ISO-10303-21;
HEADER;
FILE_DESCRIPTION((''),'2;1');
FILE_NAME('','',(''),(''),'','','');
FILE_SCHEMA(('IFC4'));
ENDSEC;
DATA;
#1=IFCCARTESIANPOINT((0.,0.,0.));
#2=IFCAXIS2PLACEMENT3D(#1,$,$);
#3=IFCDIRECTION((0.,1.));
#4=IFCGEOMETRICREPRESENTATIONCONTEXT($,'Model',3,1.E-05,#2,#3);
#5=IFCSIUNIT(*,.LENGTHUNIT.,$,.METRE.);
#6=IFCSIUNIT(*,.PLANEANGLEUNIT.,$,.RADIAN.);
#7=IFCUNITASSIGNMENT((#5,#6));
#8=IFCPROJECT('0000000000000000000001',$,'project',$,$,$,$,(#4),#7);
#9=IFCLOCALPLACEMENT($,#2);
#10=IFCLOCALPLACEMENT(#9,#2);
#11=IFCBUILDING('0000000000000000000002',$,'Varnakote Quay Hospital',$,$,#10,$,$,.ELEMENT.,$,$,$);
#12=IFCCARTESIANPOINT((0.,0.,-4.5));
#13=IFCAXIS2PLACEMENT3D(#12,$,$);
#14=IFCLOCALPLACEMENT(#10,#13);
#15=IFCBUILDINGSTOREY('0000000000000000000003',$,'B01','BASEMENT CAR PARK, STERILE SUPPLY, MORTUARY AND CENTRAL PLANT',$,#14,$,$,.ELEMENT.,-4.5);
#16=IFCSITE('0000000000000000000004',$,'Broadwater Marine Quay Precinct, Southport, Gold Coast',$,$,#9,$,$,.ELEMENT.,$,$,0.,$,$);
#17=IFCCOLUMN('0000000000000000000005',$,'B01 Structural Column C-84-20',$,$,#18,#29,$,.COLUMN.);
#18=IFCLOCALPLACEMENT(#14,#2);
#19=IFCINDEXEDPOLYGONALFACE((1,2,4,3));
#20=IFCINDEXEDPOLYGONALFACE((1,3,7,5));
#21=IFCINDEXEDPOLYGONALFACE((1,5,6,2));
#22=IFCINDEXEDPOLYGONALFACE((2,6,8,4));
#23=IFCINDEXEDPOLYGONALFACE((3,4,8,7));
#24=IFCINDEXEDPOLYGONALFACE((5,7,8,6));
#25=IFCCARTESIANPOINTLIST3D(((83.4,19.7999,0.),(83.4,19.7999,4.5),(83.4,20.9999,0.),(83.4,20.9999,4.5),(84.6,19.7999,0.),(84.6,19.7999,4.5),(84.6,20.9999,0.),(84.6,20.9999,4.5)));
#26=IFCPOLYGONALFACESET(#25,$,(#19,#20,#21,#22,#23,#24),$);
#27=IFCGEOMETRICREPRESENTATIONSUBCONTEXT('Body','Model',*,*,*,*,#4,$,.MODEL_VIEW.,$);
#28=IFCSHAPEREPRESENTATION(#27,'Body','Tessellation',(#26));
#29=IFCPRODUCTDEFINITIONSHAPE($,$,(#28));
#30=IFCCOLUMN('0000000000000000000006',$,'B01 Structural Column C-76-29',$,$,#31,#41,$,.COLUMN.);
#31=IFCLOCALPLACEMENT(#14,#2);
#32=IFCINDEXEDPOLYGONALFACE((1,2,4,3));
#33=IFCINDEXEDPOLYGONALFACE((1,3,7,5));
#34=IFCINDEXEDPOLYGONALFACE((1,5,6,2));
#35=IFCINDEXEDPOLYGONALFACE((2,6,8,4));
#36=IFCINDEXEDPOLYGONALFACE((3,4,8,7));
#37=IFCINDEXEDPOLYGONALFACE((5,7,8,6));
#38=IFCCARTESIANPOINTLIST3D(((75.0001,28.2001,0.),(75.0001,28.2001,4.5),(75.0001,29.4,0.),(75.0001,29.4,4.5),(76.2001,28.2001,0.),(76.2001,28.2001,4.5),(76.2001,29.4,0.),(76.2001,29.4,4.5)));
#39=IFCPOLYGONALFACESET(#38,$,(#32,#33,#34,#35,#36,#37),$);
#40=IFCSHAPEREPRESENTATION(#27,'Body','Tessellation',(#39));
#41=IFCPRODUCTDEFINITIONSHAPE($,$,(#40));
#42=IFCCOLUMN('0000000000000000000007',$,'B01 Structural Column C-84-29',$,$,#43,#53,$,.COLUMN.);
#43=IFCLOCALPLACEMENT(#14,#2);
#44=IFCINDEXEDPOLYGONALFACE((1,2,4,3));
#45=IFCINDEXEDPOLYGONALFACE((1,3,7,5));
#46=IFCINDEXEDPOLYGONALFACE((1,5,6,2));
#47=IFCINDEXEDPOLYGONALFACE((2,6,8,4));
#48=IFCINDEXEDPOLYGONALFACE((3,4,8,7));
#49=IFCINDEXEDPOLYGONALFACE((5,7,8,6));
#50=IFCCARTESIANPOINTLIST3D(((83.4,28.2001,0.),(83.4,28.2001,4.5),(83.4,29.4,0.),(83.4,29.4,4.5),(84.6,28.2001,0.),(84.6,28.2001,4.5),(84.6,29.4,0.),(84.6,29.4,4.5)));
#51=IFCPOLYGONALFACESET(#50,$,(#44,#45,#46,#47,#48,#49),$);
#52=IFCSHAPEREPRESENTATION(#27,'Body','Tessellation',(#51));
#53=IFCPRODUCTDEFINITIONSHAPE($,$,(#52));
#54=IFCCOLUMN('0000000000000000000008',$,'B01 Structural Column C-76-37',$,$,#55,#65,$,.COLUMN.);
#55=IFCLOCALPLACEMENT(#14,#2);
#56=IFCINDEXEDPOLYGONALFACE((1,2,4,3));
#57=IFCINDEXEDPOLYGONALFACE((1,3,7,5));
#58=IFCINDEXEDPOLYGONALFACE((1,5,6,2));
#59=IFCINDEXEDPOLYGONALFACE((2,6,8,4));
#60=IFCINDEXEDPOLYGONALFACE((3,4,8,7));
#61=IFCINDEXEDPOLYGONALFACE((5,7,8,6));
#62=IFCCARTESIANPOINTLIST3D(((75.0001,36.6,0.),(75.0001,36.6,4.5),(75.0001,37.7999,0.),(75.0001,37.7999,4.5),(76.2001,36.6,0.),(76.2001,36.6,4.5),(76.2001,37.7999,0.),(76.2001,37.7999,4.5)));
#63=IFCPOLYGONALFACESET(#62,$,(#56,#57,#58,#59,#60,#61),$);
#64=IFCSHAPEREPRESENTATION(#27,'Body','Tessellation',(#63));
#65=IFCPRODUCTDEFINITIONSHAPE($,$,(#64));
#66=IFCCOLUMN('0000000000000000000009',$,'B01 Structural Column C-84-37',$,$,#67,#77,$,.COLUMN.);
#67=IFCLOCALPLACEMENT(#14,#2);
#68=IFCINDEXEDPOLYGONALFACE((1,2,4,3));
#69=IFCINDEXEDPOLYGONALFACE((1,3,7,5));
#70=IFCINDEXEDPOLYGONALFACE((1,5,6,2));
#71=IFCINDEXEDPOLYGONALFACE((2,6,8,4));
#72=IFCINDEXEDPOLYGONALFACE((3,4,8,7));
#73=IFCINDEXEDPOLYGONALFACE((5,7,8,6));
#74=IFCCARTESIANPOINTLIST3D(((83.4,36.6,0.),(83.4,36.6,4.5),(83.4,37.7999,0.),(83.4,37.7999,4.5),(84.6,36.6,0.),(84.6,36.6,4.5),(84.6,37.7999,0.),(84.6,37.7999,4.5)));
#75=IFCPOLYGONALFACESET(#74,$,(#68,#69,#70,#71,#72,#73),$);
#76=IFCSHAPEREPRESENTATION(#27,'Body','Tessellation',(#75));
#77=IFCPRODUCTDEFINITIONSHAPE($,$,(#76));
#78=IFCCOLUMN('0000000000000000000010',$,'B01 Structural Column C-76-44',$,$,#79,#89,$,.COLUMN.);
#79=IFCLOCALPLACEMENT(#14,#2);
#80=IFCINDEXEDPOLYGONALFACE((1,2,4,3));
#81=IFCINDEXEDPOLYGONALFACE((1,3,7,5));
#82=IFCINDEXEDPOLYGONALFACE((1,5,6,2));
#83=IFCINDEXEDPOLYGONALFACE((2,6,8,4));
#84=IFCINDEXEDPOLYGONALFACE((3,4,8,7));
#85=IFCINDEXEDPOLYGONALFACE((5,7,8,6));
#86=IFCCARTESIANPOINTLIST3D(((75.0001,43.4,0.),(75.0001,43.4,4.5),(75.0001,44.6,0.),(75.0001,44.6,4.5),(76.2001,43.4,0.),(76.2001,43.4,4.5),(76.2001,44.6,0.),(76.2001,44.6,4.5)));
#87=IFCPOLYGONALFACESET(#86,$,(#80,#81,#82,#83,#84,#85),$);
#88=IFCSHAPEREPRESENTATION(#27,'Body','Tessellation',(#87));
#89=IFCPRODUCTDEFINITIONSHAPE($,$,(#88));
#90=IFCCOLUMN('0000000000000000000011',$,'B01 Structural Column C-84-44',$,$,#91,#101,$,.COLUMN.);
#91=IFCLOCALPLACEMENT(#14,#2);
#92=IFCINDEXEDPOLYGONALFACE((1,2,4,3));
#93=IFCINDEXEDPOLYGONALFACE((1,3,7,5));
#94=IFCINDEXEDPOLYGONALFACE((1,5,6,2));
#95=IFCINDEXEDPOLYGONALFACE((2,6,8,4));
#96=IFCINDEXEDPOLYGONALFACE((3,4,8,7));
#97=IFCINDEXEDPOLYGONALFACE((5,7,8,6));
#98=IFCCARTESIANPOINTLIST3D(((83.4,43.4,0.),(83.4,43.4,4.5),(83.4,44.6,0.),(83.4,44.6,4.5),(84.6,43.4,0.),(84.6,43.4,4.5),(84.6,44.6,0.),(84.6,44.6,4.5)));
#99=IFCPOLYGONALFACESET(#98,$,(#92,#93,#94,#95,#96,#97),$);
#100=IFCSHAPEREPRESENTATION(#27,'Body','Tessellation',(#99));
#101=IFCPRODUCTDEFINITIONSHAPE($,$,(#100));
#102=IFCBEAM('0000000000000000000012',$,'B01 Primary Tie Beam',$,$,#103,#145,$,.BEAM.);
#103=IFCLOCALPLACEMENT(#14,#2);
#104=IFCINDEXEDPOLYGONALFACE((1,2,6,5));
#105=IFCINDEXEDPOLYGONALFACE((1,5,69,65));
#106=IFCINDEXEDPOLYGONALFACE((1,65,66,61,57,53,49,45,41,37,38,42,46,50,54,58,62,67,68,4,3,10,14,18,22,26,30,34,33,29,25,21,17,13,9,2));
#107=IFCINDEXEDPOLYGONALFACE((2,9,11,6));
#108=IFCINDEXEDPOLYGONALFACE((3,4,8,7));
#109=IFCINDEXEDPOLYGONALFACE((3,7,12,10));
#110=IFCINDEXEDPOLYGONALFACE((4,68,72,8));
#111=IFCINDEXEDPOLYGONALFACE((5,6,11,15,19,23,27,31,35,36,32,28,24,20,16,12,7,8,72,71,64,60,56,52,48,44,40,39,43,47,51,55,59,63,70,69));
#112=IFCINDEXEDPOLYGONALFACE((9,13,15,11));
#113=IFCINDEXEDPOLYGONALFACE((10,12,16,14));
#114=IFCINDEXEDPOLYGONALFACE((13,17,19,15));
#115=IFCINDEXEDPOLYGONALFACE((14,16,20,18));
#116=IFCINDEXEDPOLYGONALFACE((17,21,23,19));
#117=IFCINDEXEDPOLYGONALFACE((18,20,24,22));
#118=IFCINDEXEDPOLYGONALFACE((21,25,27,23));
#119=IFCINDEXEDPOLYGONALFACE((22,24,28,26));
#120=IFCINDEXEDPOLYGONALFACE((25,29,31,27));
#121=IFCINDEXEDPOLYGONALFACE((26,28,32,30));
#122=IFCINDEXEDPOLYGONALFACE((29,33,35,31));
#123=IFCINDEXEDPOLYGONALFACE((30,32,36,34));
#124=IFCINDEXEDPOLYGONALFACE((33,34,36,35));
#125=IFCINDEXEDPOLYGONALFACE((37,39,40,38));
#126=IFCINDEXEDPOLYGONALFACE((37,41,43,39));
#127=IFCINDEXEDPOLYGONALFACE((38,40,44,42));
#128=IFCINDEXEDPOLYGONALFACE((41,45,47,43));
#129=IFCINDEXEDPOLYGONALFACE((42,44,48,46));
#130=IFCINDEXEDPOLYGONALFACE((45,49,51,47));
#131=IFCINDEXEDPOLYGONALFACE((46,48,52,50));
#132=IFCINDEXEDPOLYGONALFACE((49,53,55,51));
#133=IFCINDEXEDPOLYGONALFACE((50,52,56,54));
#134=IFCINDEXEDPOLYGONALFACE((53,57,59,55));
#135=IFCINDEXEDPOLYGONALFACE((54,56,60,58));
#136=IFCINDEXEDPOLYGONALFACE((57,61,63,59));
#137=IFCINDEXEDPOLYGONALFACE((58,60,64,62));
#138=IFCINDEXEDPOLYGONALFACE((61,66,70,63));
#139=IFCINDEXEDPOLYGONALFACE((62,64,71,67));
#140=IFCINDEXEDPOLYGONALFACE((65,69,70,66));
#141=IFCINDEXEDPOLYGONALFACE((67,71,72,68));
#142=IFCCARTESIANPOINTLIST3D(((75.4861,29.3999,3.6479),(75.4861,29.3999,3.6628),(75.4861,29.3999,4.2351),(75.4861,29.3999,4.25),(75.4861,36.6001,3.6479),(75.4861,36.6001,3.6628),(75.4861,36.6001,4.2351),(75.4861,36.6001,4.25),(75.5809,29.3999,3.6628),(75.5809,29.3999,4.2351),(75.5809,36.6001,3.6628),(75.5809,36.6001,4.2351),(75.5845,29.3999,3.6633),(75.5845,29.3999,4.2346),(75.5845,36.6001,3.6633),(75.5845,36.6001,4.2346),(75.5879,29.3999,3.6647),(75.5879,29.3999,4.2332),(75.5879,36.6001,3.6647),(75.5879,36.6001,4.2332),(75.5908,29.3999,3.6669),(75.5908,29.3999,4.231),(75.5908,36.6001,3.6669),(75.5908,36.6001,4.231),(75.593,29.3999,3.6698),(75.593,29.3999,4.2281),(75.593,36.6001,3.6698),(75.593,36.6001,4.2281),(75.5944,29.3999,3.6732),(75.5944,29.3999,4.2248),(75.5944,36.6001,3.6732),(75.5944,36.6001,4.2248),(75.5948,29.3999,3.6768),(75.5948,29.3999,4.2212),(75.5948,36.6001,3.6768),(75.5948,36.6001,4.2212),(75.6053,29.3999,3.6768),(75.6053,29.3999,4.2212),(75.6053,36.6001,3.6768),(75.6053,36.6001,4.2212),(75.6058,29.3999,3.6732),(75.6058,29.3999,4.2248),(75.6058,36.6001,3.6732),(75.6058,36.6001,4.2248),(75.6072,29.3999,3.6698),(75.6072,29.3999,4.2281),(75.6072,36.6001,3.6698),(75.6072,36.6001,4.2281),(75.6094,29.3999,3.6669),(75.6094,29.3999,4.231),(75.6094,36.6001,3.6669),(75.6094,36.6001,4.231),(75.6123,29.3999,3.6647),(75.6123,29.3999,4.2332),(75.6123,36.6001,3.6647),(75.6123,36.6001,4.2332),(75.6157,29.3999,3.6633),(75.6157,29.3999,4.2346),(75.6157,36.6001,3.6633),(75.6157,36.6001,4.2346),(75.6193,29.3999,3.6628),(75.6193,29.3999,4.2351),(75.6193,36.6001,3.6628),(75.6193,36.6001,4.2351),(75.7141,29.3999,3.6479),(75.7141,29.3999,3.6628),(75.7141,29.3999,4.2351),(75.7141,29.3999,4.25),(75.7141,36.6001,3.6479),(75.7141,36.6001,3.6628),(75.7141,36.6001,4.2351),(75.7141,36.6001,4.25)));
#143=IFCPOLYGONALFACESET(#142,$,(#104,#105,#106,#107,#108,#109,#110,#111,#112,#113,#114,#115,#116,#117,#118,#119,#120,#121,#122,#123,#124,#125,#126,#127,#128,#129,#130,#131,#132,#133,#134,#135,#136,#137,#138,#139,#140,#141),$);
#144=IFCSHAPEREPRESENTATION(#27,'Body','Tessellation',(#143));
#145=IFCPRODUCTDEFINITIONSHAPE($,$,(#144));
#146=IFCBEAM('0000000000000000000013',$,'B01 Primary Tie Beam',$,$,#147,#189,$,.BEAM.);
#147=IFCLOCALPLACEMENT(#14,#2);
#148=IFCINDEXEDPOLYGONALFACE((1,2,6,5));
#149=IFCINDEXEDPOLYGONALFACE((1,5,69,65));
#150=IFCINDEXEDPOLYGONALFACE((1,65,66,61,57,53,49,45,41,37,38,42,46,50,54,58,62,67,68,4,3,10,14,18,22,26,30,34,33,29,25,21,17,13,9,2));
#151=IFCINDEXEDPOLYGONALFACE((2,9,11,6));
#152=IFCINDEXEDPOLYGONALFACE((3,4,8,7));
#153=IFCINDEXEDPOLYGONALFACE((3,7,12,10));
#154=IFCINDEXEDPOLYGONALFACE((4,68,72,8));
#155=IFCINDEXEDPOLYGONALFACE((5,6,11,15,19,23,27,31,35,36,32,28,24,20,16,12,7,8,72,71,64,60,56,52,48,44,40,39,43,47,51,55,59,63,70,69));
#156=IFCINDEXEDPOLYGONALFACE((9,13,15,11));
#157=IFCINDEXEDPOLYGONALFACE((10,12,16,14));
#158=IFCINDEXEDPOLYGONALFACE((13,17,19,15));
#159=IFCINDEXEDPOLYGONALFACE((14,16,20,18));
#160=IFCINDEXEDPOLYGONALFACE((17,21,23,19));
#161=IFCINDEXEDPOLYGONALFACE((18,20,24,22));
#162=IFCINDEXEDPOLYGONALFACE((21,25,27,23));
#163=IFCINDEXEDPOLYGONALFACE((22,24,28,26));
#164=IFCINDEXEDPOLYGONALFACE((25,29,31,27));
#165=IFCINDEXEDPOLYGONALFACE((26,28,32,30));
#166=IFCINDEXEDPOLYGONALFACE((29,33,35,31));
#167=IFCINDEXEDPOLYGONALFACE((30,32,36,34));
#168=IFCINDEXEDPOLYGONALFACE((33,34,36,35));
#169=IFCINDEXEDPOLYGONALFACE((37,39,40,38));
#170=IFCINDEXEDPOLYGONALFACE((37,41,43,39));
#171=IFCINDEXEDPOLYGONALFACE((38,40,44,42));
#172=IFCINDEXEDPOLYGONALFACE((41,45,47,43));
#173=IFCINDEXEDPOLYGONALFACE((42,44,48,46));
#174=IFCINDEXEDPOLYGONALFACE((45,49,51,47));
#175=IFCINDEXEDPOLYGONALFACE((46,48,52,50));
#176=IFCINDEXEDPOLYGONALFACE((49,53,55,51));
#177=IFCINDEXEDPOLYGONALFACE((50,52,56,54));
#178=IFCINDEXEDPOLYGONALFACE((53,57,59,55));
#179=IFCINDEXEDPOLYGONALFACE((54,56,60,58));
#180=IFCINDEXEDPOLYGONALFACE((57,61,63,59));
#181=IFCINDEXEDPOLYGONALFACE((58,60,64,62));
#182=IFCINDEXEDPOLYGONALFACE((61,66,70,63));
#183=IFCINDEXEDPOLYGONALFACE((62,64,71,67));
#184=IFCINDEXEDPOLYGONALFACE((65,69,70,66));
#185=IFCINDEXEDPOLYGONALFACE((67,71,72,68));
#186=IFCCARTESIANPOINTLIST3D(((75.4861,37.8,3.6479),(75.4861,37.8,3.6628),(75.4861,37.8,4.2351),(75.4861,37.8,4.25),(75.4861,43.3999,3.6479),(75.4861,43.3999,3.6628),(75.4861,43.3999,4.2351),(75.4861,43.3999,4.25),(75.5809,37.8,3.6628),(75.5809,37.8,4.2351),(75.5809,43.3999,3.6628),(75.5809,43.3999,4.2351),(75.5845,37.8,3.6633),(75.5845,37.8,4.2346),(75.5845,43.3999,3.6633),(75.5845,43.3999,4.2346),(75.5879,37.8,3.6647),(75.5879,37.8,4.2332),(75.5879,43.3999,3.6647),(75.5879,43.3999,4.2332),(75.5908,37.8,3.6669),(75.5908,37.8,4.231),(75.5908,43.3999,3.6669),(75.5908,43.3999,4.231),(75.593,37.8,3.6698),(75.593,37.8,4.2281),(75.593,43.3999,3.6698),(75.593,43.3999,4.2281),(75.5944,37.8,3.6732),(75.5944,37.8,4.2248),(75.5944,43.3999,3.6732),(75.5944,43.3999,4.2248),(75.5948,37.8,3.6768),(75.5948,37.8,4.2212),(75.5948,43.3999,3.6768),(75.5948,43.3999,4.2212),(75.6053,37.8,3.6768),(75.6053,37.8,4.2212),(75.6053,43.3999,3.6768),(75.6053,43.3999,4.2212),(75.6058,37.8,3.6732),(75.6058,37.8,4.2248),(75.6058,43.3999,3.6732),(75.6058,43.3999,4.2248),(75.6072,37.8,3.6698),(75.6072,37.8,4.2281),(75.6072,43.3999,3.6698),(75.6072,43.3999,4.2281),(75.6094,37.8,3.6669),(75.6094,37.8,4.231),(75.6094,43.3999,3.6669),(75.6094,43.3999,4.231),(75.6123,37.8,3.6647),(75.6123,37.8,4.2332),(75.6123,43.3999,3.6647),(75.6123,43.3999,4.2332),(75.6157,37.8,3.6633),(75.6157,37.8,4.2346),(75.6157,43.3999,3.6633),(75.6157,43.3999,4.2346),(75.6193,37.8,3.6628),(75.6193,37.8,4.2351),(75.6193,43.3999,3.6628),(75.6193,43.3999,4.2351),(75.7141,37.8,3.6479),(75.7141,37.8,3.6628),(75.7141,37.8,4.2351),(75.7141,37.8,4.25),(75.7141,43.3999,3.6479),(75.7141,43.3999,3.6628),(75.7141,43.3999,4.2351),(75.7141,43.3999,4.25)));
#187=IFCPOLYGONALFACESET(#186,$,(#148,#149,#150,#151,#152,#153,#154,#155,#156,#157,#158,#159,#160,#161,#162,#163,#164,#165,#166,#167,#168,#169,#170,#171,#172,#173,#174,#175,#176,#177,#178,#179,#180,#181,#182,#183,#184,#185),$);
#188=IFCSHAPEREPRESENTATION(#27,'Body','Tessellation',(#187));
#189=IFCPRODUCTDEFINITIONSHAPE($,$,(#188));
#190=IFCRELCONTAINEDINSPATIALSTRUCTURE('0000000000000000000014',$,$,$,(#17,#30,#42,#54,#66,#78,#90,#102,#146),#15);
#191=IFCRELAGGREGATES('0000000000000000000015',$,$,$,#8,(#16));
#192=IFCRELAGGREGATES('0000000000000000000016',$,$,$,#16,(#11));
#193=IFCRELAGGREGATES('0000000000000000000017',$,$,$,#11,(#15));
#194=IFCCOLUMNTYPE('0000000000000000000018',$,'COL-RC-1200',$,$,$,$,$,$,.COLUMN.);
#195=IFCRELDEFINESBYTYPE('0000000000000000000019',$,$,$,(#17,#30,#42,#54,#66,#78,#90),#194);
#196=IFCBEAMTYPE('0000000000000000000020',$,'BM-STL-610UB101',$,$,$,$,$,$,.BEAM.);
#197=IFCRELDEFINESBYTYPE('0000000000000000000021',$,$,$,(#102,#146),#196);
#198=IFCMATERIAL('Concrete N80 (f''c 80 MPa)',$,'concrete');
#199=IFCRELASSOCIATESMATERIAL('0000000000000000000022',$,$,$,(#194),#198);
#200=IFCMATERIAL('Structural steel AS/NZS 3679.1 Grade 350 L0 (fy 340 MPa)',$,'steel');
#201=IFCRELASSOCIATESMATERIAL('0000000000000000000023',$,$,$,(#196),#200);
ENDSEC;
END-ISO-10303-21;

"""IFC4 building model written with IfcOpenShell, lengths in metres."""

from ifc_helpers import new_model, si_unit, direction, frame, origin, origin_2d, place, context, subcontext, project, spatial, rectangle, i_section, extrude, material, material_profile, profile_set, type_object, element, save


model = new_model("IFC4")

# Units and contexts
model_context = context("Model", 3, precision=1e-05, world=origin(), true_north=direction((0.0, 1.0)))
body_context = subcontext(model_context, "Body", "Model", "MODEL_VIEW")
ifc_project = project(units=[si_unit("LENGTHUNIT", "METRE"), si_unit("PLANEANGLEUNIT", "RADIAN")], contexts=[model_context])

# Site, building, storey
site_placement = place(None, origin())
site = spatial("IfcSite", under=ifc_project, at=site_placement, Name="Broadwater Marine Quay Precinct, Southport, Gold Coast", CompositionType="ELEMENT", RefElevation=0.0)
building_placement = place(site_placement, origin())
building = spatial("IfcBuilding", under=site, at=building_placement, Name="Varnakote Quay Hospital", CompositionType="ELEMENT")
storey_placement = place(building_placement, frame((0.0, 0.0, -4.5)))
storey = spatial("IfcBuildingStorey", under=building, at=storey_placement, Name="B01", Description="BASEMENT CAR PARK, STERILE SUPPLY, MORTUARY AND CENTRAL PLANT", CompositionType="ELEMENT", Elevation=-4.5)

# Columns
ifc_material_1 = material(Name="Concrete N80 (f'c 80 MPa)", Category="concrete")
ifc_material_profile_1 = material_profile(ifc_material_1, rectangle(XDim=1.2, YDim=1.2, at=origin_2d()), Name="RC-COL-1200x1200")
ifc_profile_set_1 = profile_set([ifc_material_profile_1], Name="Concrete N80 (f'c 80 MPa)")
column_type = type_object("IfcColumnType", Name="COL-RC-1200", PredefinedType="COLUMN", material=ifc_profile_set_1)
for number, where, z_axis, x_axis, name in (
    (1, (84.0, 20.3999, 0.0), (0.0, 0.0, 1.0), (1.0, 0.0, 0.0), "B01 Structural Column C-84-20"),
    (2, (75.6001, 28.8, 0.0), (0.0, 0.0, 1.0), (1.0, 0.0, 0.0), "B01 Structural Column C-76-29"),
    (3, (84.0, 28.8, 0.0), (0.0, 0.0, 1.0), (1.0, 0.0, 0.0), "B01 Structural Column C-84-29"),
    (4, (75.6001, 37.2, 0.0), (0.0, 0.0, 1.0), (1.0, 0.0, 0.0), "B01 Structural Column C-76-37"),
    (5, (84.0, 37.2, 0.0), (0.0, 0.0, 1.0), (1.0, 0.0, 0.0), "B01 Structural Column C-84-37"),
    (6, (75.6001, 44.0, 0.0), (0.0, 0.0, 1.0), (1.0, 0.0, 0.0), "B01 Structural Column C-76-44"),
    (7, (84.0, 44.0, 0.0), (0.0, 0.0, 1.0), (1.0, 0.0, 0.0), "B01 Structural Column C-84-44"),
):
    element("IfcColumn", number, at=place(storey_placement, frame(where, z_axis=z_axis, x_axis=x_axis)), inside=storey, type_object=column_type, Name=name, PredefinedType="COLUMN", context=body_context, shape_type="SweptSolid", body=[
        extrude(rectangle(XDim=1.2, YDim=1.2, at=origin_2d()), origin(), (0.0, 0.0, 1.0), 4.5),
    ])

# Beams
ifc_material_2 = material(Name="Structural steel AS/NZS 3679.1 Grade 350 L0 (fy 340 MPa)", Category="steel")
ifc_material_profile_2 = material_profile(ifc_material_2, i_section(OverallWidth=0.228, OverallDepth=0.6021, WebThickness=0.0105, FlangeThickness=0.0149, FilletRadius=0.0139, at=origin_2d()), Name="610UB101")
ifc_profile_set_2 = profile_set([ifc_material_profile_2], Name="Structural steel AS/NZS 3679.1 Grade 350 L0 (fy 340 MPa)")
beam_type_1 = type_object("IfcBeamType", Name="BM-STL-610UB101", PredefinedType="BEAM", material=ifc_profile_set_2)
beam_1_placement = place(storey_placement, frame((75.6001, 29.3999, 3.949), z_axis=(0.0, 1.0, 0.0), x_axis=(-1.0, 0.0, 0.0)))
element("IfcBeam", 8, at=beam_1_placement, inside=storey, type_object=beam_type_1, Name="B01 Primary Tie Beam", PredefinedType="BEAM", context=body_context, shape_type="SweptSolid", body=[
    extrude(i_section(OverallWidth=0.228, OverallDepth=0.6021, WebThickness=0.0105, FlangeThickness=0.0149, FilletRadius=0.0139, at=origin_2d()), origin(), (0.0, 0.0, 1.0), 7.2002),
])
beam_2_placement = place(storey_placement, frame((75.6001, 37.8, 3.949), z_axis=(0.0, 1.0, 0.0), x_axis=(-1.0, 0.0, 0.0)))
element("IfcBeam", 9, at=beam_2_placement, inside=storey, type_object=beam_type_1, Name="B01 Primary Tie Beam", PredefinedType="BEAM", context=body_context, shape_type="SweptSolid", body=[
    extrude(i_section(OverallWidth=0.228, OverallDepth=0.6021, WebThickness=0.0105, FlangeThickness=0.0149, FilletRadius=0.0139, at=origin_2d()), origin(), (0.0, 0.0, 1.0), 5.5999),
])

save(model, "model.ifc")
